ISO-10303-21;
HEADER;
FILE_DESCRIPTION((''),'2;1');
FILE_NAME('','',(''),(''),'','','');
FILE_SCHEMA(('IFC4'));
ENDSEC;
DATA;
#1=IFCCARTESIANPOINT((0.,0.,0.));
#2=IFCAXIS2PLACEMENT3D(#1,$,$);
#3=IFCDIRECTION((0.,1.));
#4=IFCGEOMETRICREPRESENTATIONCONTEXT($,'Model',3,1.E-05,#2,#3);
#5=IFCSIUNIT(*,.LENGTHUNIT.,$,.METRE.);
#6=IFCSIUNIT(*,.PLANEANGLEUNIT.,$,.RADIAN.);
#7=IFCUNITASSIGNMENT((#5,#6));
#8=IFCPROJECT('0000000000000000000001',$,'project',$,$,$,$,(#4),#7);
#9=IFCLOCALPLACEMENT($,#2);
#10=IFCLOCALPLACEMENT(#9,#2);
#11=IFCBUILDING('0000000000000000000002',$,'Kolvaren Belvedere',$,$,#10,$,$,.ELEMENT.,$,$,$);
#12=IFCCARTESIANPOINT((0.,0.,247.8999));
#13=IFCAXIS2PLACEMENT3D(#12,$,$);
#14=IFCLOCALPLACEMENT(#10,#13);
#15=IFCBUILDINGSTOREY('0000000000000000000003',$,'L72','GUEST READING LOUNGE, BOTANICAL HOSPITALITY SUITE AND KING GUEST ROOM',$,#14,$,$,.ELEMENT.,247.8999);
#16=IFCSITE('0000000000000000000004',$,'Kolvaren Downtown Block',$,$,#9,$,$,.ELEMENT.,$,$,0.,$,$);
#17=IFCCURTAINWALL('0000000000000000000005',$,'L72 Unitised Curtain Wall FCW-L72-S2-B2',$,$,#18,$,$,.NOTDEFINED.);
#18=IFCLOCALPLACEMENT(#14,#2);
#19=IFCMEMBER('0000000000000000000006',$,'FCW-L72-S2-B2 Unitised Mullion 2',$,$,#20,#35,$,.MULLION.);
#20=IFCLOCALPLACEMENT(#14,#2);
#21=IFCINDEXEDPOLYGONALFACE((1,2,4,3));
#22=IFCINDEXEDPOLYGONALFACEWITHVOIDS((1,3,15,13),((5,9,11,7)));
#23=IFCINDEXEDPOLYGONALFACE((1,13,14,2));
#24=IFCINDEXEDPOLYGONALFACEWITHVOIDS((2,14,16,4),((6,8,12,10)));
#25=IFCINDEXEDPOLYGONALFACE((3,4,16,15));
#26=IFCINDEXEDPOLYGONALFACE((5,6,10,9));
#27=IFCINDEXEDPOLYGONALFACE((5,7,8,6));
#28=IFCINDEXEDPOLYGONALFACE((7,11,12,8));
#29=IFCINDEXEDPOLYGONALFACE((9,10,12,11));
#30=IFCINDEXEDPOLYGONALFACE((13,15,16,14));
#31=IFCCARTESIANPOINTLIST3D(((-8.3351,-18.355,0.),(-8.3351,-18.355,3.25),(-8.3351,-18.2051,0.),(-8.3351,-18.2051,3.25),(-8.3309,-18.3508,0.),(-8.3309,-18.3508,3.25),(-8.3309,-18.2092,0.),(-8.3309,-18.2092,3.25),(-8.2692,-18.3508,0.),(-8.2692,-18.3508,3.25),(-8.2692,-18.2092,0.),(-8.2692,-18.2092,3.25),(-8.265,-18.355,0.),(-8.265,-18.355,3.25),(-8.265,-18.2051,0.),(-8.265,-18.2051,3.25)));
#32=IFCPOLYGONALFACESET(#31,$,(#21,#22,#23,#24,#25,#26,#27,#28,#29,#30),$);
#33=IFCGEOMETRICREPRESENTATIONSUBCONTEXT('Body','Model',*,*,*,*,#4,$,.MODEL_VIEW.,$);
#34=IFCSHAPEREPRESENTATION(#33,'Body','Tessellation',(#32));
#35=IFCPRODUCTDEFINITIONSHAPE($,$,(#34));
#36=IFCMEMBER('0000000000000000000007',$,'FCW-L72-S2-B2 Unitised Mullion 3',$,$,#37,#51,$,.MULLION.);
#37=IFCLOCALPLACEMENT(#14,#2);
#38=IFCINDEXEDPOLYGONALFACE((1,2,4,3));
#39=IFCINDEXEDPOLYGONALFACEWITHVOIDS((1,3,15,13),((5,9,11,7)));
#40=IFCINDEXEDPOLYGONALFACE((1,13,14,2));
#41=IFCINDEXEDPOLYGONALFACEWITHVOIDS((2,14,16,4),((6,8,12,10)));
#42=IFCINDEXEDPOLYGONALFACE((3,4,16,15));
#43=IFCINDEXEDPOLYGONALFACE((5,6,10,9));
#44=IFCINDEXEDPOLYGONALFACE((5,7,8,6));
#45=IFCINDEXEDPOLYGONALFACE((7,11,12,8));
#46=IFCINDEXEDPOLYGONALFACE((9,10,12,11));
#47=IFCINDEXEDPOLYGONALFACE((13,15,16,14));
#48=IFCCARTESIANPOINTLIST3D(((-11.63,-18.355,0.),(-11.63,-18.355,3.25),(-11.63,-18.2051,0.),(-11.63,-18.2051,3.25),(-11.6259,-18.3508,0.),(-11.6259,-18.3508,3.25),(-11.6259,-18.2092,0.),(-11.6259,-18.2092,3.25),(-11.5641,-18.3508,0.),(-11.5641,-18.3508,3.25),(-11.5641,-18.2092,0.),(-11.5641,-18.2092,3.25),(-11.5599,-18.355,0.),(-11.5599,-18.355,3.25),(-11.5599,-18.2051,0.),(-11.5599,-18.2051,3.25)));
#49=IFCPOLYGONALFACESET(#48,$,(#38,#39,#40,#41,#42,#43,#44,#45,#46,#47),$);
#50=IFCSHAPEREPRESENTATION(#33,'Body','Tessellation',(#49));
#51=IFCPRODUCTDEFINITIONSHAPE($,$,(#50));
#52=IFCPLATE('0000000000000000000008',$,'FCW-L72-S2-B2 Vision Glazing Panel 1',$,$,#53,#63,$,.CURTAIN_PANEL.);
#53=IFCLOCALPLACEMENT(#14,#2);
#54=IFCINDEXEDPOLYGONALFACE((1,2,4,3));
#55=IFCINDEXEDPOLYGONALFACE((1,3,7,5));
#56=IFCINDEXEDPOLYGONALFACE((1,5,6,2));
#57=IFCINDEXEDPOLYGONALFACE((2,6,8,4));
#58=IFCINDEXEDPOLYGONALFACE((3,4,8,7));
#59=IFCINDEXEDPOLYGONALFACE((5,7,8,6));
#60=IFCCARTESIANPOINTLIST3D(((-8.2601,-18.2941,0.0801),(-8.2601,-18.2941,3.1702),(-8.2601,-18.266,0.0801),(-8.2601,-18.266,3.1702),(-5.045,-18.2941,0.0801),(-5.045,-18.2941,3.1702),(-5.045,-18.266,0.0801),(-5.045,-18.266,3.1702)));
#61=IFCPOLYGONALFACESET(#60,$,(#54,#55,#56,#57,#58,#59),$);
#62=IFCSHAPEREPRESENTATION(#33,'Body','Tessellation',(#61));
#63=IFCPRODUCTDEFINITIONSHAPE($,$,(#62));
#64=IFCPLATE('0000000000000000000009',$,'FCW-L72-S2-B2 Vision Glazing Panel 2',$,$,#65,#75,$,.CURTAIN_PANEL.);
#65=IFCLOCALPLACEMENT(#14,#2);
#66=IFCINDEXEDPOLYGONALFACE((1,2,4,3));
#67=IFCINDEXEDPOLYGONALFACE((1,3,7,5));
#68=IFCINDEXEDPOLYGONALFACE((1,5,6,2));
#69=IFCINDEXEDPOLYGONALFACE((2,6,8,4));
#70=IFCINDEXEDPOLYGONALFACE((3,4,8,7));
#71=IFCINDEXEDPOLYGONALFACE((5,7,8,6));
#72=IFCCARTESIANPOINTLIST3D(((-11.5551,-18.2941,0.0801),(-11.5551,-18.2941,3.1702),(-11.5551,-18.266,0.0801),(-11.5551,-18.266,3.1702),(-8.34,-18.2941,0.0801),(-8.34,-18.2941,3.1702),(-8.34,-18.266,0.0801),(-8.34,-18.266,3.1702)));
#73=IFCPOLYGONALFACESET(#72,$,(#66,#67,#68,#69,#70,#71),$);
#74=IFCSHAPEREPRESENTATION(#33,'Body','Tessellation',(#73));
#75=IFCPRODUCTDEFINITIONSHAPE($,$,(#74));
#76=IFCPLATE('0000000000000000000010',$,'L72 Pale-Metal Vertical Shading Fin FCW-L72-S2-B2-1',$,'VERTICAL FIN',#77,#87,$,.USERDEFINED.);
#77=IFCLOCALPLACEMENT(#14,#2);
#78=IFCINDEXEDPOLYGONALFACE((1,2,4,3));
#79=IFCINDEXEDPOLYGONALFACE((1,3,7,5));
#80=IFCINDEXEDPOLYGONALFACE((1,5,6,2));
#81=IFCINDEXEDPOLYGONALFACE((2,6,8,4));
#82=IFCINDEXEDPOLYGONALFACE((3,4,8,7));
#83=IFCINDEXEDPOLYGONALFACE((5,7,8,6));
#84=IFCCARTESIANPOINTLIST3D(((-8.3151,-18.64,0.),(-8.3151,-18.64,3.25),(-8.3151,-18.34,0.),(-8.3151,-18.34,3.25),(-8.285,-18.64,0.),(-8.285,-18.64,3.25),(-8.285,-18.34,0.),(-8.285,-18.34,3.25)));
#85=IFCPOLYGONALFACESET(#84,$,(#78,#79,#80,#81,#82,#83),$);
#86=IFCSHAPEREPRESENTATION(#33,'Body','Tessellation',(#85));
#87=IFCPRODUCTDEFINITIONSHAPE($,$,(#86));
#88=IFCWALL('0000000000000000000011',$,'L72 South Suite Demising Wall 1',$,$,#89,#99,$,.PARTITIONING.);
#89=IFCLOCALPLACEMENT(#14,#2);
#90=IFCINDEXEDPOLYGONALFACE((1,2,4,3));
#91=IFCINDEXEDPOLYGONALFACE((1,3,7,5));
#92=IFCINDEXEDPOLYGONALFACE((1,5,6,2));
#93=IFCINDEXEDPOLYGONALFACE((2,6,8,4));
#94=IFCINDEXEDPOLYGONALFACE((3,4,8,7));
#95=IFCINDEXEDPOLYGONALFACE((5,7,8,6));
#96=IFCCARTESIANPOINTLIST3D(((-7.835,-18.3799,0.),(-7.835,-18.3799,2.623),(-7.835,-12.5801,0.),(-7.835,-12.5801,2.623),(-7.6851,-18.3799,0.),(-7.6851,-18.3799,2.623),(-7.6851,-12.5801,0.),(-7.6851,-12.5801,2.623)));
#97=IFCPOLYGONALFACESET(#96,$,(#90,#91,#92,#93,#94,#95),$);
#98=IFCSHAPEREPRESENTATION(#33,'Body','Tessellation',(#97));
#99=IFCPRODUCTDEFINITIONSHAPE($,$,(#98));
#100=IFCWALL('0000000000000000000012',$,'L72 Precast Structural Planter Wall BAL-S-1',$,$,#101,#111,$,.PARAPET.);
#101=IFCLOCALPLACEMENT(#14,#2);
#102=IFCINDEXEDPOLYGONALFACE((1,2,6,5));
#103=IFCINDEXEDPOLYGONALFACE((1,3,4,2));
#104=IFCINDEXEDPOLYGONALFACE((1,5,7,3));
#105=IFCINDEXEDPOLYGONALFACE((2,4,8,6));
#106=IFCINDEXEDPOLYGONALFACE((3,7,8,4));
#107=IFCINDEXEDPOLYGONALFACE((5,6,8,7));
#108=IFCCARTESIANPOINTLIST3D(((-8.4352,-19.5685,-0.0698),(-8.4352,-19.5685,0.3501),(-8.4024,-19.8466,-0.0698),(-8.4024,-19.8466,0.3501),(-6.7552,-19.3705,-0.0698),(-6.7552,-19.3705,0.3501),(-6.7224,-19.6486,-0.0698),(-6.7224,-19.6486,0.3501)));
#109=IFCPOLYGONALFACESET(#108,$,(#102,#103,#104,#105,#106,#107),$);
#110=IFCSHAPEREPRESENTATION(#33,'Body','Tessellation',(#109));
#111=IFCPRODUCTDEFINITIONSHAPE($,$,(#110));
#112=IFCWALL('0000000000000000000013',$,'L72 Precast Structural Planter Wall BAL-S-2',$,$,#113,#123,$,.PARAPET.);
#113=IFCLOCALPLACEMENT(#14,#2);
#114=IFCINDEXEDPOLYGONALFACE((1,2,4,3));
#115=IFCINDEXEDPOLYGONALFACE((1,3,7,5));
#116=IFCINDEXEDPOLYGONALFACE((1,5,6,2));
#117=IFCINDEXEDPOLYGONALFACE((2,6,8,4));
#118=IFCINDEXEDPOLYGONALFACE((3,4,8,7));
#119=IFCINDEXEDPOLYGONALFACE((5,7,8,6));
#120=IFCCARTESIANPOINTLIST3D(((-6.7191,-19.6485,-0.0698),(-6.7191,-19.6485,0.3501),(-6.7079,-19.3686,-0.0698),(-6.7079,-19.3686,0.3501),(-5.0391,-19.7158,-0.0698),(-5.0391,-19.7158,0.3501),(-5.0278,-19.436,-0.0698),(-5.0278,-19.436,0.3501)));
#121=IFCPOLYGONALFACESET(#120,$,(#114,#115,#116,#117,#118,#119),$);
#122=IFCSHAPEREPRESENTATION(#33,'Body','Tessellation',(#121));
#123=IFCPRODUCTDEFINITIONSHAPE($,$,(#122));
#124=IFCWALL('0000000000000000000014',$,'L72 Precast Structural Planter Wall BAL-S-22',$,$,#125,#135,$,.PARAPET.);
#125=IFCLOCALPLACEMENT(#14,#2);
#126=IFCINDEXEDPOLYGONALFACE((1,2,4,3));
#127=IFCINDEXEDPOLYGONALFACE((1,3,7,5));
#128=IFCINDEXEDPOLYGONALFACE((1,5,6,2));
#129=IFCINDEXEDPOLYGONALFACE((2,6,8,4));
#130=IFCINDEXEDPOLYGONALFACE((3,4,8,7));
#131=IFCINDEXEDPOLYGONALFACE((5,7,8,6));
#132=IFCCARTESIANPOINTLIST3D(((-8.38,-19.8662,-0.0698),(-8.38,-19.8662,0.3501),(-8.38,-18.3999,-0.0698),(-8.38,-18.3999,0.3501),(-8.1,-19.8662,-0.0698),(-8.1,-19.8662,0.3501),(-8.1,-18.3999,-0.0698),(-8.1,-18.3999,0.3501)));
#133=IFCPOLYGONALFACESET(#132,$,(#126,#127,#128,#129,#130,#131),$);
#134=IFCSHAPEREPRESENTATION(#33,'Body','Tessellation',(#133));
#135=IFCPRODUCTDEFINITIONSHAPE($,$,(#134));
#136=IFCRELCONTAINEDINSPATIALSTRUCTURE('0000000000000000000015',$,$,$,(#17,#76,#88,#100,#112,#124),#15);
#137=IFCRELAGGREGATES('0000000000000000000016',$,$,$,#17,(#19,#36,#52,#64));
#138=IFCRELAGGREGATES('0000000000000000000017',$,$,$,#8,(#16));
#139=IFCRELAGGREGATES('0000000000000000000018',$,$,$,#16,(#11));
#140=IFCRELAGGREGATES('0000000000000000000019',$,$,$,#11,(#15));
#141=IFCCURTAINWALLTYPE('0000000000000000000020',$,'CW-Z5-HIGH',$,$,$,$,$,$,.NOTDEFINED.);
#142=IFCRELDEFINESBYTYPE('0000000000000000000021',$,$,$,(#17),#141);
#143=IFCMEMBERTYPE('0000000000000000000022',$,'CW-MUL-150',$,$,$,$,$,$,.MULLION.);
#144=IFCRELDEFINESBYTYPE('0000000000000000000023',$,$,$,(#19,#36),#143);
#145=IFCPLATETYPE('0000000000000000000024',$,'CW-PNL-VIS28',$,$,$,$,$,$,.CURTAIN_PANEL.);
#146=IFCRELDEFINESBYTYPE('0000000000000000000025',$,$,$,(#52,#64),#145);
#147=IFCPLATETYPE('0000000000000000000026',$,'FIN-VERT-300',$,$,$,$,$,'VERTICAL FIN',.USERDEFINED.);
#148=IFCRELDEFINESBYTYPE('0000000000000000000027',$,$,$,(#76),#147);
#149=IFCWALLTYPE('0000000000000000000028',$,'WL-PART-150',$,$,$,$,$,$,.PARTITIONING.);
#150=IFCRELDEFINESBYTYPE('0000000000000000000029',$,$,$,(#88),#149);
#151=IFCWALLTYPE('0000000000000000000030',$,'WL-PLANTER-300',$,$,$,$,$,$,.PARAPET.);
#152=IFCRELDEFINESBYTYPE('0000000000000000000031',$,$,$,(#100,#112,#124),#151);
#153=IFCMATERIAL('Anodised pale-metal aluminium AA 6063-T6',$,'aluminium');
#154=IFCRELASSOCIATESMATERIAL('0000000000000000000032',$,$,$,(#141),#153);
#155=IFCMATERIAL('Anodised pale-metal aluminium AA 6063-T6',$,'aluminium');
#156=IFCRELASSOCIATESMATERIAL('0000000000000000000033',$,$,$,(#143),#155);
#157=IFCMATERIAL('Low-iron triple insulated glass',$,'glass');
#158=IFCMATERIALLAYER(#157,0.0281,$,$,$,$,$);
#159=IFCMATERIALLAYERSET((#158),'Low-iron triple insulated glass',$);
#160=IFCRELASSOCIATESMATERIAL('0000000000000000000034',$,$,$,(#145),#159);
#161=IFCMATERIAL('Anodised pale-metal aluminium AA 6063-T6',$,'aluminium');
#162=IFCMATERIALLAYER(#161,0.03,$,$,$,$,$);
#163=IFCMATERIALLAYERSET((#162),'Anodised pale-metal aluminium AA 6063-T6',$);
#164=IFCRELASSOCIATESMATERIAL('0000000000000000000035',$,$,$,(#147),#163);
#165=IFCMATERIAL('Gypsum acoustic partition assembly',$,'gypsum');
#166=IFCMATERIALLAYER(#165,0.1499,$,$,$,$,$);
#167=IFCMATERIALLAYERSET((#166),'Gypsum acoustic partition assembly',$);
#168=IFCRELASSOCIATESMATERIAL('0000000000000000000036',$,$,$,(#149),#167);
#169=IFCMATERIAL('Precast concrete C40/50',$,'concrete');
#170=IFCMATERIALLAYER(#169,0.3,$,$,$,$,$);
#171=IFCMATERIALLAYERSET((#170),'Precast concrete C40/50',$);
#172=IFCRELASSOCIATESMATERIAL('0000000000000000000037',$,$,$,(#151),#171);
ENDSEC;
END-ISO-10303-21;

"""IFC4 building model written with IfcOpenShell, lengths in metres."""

from ifc_helpers import new_model, si_unit, direction, frame, frame_2d, origin, origin_2d, place, context, subcontext, project, spatial, rectangle, hollow_rectangle, extrude, material, layer, layer_set, material_profile, profile_set, type_object, element, aggregate, save


model = new_model("IFC4")

# Units and contexts
model_context = context("Model", 3, precision=1e-05, world=origin(), true_north=direction((0.0, 1.0)))
body_context = subcontext(model_context, "Body", "Model", "MODEL_VIEW")
ifc_project = project(units=[si_unit("LENGTHUNIT", "METRE"), si_unit("PLANEANGLEUNIT", "RADIAN")], contexts=[model_context])

# Site, building, storey
site_placement = place(None, origin())
site = spatial("IfcSite", under=ifc_project, at=site_placement, Name="Kolvaren Downtown Block", CompositionType="ELEMENT", RefElevation=0.0)
building_placement = place(site_placement, origin())
building = spatial("IfcBuilding", under=site, at=building_placement, Name="Kolvaren Belvedere", CompositionType="ELEMENT")
storey_placement = place(building_placement, frame((0.0, 0.0, 247.8999)))
storey = spatial("IfcBuildingStorey", under=building, at=storey_placement, Name="L72", Description="GUEST READING LOUNGE, BOTANICAL HOSPITALITY SUITE AND KING GUEST ROOM", CompositionType="ELEMENT", Elevation=247.8999)

# Curtain wall, members, plates
ifc_material_1 = material(Name="Anodised pale-metal aluminium AA 6063-T6", Category="aluminium")
curtain_wall_type = type_object("IfcCurtainWallType", Name="CW-Z5-HIGH", PredefinedType="NOTDEFINED", material=ifc_material_1)
curtain_wall_placement = place(storey_placement, origin())
curtain_wall = element("IfcCurtainWall", 1, at=curtain_wall_placement, inside=storey, type_object=curtain_wall_type, Name="L72 Unitised Curtain Wall FCW-L72-S2-B2", PredefinedType="NOTDEFINED")
ifc_material_2 = material(Name="Anodised pale-metal aluminium AA 6063-T6", Category="aluminium")
ifc_material_profile = material_profile(ifc_material_2, hollow_rectangle(XDim=0.0701, YDim=0.1499, WallThickness=0.0042, at=origin_2d()), Name="ALU-MUL-150X70")
ifc_profile_set = profile_set([ifc_material_profile], Name="Anodised pale-metal aluminium AA 6063-T6")
member_type = type_object("IfcMemberType", Name="CW-MUL-150", PredefinedType="MULLION", material=ifc_profile_set)
member_1_placement = place(storey_placement, frame((-8.3, -18.28, 0.0), z_axis=(0.0, 0.0, 1.0), x_axis=(1.0, 0.0, 0.0)))
member_1 = element("IfcMember", 2, at=member_1_placement, type_object=member_type, Name="FCW-L72-S2-B2 Unitised Mullion 2", PredefinedType="MULLION", context=body_context, shape_type="SweptSolid", body=[
    extrude(hollow_rectangle(XDim=0.0701, YDim=0.1499, WallThickness=0.0042, at=origin_2d()), origin(), (0.0, 0.0, 1.0), 3.25),
])
member_2_placement = place(storey_placement, frame((-11.595, -18.28, 0.0), z_axis=(0.0, 0.0, 1.0), x_axis=(1.0, 0.0, 0.0)))
member_2 = element("IfcMember", 3, at=member_2_placement, type_object=member_type, Name="FCW-L72-S2-B2 Unitised Mullion 3", PredefinedType="MULLION", context=body_context, shape_type="SweptSolid", body=[
    extrude(hollow_rectangle(XDim=0.0701, YDim=0.1499, WallThickness=0.0042, at=origin_2d()), origin(), (0.0, 0.0, 1.0), 3.25),
])
ifc_material_3 = material(Name="Low-iron triple insulated glass", Category="glass")
ifc_layer_1 = layer(ifc_material_3, 0.0281)
ifc_layer_set_1 = layer_set([ifc_layer_1], Name="Low-iron triple insulated glass")
plate_type_1 = type_object("IfcPlateType", Name="CW-PNL-VIS28", PredefinedType="CURTAIN_PANEL", material=ifc_layer_set_1)
plate_1_placement = place(storey_placement, frame((-6.6526, -18.28, 0.0801), z_axis=(0.0, 0.0, 1.0), x_axis=(-1.0, 0.0, 0.0)))
plate_1 = element("IfcPlate", 4, at=plate_1_placement, type_object=plate_type_1, Name="FCW-L72-S2-B2 Vision Glazing Panel 1", PredefinedType="CURTAIN_PANEL", context=body_context, shape_type="SweptSolid", body=[
    extrude(rectangle(XDim=3.2151, YDim=0.0281, at=origin_2d()), origin(), (0.0, 0.0, 1.0), 3.0901),
])
plate_2_placement = place(storey_placement, frame((-9.9475, -18.28, 0.0801), z_axis=(0.0, 0.0, 1.0), x_axis=(-1.0, 0.0, 0.0)))
plate_2 = element("IfcPlate", 5, at=plate_2_placement, type_object=plate_type_1, Name="FCW-L72-S2-B2 Vision Glazing Panel 2", PredefinedType="CURTAIN_PANEL", context=body_context, shape_type="SweptSolid", body=[
    extrude(rectangle(XDim=3.2151, YDim=0.0281, at=origin_2d()), origin(), (0.0, 0.0, 1.0), 3.0901),
])
aggregate(curtain_wall, [member_1, member_2, plate_1, plate_2])

# Plate
ifc_material_4 = material(Name="Anodised pale-metal aluminium AA 6063-T6", Category="aluminium")
ifc_layer_2 = layer(ifc_material_4, 0.03)
ifc_layer_set_2 = layer_set([ifc_layer_2], Name="Anodised pale-metal aluminium AA 6063-T6")
plate_type_2 = type_object("IfcPlateType", Name="FIN-VERT-300", ElementType="VERTICAL FIN", PredefinedType="USERDEFINED", material=ifc_layer_set_2)
plate_3_placement = place(storey_placement, frame((-8.3, -18.49, 0.0), z_axis=(0.0, 0.0, 1.0), x_axis=(0.0, 1.0, 0.0)))
element("IfcPlate", 6, at=plate_3_placement, inside=storey, type_object=plate_type_2, Name="L72 Pale-Metal Vertical Shading Fin FCW-L72-S2-B2-1", ObjectType="VERTICAL FIN", PredefinedType="USERDEFINED", context=body_context, shape_type="SweptSolid", body=[
    extrude(rectangle(XDim=0.3, YDim=0.03, at=origin_2d()), origin(), (0.0, 0.0, 1.0), 3.25),
])

# Walls
ifc_material_5 = material(Name="Gypsum acoustic partition assembly", Category="gypsum")
ifc_layer_3 = layer(ifc_material_5, 0.1499)
ifc_layer_set_3 = layer_set([ifc_layer_3], Name="Gypsum acoustic partition assembly")
wall_type_1 = type_object("IfcWallType", Name="WL-PART-150", PredefinedType="PARTITIONING", material=ifc_layer_set_3)
wall_1_placement = place(storey_placement, frame((-7.76, -18.3799, 0.0), z_axis=(0.0, 0.0, 1.0), x_axis=(0.0, 1.0, 0.0)))
element("IfcWall", 7, at=wall_1_placement, inside=storey, type_object=wall_type_1, Name="L72 South Suite Demising Wall 1", PredefinedType="PARTITIONING", context=body_context, shape_type="SweptSolid", body=[
    extrude(rectangle(XDim=5.7998, YDim=0.1499, at=frame_2d((2.8999, 0.0))), origin(), (0.0, 0.0, 1.0), 2.623),
])
ifc_material_6 = material(Name="Precast concrete C40/50", Category="concrete")
ifc_layer_4 = layer(ifc_material_6, 0.3)
ifc_layer_set_4 = layer_set([ifc_layer_4], Name="Precast concrete C40/50")
wall_type_2 = type_object("IfcWallType", Name="WL-PLANTER-300", PredefinedType="PARAPET", material=ifc_layer_set_4)
wall_2_placement = place(storey_placement, frame((-8.4187, -19.7075, -0.0698), z_axis=(0.0, 0.0, 1.0), x_axis=(0.993126, 0.117051, 0.0)))
element("IfcWall", 8, at=wall_2_placement, inside=storey, type_object=wall_type_2, Name="L72 Precast Structural Planter Wall BAL-S-1", PredefinedType="PARAPET", context=body_context, shape_type="SweptSolid", body=[
    extrude(rectangle(XDim=1.6917, YDim=0.28, at=frame_2d((0.8457, 0.0))), origin(), (0.0, 0.0, 1.0), 0.4199),
])
wall_3_placement = place(storey_placement, frame((-6.7136, -19.5085, -0.0698), z_axis=(0.0, 0.0, 1.0), x_axis=(0.999197, -0.040078, 0.0)))
element("IfcWall", 9, at=wall_3_placement, inside=storey, type_object=wall_type_2, Name="L72 Precast Structural Planter Wall BAL-S-2", PredefinedType="PARAPET", context=body_context, shape_type="SweptSolid", body=[
    extrude(rectangle(XDim=1.6814, YDim=0.28, at=frame_2d((0.8408, 0.0))), origin(), (0.0, 0.0, 1.0), 0.4199),
])
wall_4_placement = place(storey_placement, frame((-8.24, -18.3999, -0.0698), z_axis=(0.0, 0.0, 1.0), x_axis=(0.0, -1.0, 0.0)))
element("IfcWall", 10, at=wall_4_placement, inside=storey, type_object=wall_type_2, Name="L72 Precast Structural Planter Wall BAL-S-22", PredefinedType="PARAPET", context=body_context, shape_type="SweptSolid", body=[
    extrude(rectangle(XDim=1.4663, YDim=0.28, at=frame_2d((0.7332, 0.0))), origin(), (0.0, 0.0, 1.0), 0.4199),
])

save(model, "model.ifc")
